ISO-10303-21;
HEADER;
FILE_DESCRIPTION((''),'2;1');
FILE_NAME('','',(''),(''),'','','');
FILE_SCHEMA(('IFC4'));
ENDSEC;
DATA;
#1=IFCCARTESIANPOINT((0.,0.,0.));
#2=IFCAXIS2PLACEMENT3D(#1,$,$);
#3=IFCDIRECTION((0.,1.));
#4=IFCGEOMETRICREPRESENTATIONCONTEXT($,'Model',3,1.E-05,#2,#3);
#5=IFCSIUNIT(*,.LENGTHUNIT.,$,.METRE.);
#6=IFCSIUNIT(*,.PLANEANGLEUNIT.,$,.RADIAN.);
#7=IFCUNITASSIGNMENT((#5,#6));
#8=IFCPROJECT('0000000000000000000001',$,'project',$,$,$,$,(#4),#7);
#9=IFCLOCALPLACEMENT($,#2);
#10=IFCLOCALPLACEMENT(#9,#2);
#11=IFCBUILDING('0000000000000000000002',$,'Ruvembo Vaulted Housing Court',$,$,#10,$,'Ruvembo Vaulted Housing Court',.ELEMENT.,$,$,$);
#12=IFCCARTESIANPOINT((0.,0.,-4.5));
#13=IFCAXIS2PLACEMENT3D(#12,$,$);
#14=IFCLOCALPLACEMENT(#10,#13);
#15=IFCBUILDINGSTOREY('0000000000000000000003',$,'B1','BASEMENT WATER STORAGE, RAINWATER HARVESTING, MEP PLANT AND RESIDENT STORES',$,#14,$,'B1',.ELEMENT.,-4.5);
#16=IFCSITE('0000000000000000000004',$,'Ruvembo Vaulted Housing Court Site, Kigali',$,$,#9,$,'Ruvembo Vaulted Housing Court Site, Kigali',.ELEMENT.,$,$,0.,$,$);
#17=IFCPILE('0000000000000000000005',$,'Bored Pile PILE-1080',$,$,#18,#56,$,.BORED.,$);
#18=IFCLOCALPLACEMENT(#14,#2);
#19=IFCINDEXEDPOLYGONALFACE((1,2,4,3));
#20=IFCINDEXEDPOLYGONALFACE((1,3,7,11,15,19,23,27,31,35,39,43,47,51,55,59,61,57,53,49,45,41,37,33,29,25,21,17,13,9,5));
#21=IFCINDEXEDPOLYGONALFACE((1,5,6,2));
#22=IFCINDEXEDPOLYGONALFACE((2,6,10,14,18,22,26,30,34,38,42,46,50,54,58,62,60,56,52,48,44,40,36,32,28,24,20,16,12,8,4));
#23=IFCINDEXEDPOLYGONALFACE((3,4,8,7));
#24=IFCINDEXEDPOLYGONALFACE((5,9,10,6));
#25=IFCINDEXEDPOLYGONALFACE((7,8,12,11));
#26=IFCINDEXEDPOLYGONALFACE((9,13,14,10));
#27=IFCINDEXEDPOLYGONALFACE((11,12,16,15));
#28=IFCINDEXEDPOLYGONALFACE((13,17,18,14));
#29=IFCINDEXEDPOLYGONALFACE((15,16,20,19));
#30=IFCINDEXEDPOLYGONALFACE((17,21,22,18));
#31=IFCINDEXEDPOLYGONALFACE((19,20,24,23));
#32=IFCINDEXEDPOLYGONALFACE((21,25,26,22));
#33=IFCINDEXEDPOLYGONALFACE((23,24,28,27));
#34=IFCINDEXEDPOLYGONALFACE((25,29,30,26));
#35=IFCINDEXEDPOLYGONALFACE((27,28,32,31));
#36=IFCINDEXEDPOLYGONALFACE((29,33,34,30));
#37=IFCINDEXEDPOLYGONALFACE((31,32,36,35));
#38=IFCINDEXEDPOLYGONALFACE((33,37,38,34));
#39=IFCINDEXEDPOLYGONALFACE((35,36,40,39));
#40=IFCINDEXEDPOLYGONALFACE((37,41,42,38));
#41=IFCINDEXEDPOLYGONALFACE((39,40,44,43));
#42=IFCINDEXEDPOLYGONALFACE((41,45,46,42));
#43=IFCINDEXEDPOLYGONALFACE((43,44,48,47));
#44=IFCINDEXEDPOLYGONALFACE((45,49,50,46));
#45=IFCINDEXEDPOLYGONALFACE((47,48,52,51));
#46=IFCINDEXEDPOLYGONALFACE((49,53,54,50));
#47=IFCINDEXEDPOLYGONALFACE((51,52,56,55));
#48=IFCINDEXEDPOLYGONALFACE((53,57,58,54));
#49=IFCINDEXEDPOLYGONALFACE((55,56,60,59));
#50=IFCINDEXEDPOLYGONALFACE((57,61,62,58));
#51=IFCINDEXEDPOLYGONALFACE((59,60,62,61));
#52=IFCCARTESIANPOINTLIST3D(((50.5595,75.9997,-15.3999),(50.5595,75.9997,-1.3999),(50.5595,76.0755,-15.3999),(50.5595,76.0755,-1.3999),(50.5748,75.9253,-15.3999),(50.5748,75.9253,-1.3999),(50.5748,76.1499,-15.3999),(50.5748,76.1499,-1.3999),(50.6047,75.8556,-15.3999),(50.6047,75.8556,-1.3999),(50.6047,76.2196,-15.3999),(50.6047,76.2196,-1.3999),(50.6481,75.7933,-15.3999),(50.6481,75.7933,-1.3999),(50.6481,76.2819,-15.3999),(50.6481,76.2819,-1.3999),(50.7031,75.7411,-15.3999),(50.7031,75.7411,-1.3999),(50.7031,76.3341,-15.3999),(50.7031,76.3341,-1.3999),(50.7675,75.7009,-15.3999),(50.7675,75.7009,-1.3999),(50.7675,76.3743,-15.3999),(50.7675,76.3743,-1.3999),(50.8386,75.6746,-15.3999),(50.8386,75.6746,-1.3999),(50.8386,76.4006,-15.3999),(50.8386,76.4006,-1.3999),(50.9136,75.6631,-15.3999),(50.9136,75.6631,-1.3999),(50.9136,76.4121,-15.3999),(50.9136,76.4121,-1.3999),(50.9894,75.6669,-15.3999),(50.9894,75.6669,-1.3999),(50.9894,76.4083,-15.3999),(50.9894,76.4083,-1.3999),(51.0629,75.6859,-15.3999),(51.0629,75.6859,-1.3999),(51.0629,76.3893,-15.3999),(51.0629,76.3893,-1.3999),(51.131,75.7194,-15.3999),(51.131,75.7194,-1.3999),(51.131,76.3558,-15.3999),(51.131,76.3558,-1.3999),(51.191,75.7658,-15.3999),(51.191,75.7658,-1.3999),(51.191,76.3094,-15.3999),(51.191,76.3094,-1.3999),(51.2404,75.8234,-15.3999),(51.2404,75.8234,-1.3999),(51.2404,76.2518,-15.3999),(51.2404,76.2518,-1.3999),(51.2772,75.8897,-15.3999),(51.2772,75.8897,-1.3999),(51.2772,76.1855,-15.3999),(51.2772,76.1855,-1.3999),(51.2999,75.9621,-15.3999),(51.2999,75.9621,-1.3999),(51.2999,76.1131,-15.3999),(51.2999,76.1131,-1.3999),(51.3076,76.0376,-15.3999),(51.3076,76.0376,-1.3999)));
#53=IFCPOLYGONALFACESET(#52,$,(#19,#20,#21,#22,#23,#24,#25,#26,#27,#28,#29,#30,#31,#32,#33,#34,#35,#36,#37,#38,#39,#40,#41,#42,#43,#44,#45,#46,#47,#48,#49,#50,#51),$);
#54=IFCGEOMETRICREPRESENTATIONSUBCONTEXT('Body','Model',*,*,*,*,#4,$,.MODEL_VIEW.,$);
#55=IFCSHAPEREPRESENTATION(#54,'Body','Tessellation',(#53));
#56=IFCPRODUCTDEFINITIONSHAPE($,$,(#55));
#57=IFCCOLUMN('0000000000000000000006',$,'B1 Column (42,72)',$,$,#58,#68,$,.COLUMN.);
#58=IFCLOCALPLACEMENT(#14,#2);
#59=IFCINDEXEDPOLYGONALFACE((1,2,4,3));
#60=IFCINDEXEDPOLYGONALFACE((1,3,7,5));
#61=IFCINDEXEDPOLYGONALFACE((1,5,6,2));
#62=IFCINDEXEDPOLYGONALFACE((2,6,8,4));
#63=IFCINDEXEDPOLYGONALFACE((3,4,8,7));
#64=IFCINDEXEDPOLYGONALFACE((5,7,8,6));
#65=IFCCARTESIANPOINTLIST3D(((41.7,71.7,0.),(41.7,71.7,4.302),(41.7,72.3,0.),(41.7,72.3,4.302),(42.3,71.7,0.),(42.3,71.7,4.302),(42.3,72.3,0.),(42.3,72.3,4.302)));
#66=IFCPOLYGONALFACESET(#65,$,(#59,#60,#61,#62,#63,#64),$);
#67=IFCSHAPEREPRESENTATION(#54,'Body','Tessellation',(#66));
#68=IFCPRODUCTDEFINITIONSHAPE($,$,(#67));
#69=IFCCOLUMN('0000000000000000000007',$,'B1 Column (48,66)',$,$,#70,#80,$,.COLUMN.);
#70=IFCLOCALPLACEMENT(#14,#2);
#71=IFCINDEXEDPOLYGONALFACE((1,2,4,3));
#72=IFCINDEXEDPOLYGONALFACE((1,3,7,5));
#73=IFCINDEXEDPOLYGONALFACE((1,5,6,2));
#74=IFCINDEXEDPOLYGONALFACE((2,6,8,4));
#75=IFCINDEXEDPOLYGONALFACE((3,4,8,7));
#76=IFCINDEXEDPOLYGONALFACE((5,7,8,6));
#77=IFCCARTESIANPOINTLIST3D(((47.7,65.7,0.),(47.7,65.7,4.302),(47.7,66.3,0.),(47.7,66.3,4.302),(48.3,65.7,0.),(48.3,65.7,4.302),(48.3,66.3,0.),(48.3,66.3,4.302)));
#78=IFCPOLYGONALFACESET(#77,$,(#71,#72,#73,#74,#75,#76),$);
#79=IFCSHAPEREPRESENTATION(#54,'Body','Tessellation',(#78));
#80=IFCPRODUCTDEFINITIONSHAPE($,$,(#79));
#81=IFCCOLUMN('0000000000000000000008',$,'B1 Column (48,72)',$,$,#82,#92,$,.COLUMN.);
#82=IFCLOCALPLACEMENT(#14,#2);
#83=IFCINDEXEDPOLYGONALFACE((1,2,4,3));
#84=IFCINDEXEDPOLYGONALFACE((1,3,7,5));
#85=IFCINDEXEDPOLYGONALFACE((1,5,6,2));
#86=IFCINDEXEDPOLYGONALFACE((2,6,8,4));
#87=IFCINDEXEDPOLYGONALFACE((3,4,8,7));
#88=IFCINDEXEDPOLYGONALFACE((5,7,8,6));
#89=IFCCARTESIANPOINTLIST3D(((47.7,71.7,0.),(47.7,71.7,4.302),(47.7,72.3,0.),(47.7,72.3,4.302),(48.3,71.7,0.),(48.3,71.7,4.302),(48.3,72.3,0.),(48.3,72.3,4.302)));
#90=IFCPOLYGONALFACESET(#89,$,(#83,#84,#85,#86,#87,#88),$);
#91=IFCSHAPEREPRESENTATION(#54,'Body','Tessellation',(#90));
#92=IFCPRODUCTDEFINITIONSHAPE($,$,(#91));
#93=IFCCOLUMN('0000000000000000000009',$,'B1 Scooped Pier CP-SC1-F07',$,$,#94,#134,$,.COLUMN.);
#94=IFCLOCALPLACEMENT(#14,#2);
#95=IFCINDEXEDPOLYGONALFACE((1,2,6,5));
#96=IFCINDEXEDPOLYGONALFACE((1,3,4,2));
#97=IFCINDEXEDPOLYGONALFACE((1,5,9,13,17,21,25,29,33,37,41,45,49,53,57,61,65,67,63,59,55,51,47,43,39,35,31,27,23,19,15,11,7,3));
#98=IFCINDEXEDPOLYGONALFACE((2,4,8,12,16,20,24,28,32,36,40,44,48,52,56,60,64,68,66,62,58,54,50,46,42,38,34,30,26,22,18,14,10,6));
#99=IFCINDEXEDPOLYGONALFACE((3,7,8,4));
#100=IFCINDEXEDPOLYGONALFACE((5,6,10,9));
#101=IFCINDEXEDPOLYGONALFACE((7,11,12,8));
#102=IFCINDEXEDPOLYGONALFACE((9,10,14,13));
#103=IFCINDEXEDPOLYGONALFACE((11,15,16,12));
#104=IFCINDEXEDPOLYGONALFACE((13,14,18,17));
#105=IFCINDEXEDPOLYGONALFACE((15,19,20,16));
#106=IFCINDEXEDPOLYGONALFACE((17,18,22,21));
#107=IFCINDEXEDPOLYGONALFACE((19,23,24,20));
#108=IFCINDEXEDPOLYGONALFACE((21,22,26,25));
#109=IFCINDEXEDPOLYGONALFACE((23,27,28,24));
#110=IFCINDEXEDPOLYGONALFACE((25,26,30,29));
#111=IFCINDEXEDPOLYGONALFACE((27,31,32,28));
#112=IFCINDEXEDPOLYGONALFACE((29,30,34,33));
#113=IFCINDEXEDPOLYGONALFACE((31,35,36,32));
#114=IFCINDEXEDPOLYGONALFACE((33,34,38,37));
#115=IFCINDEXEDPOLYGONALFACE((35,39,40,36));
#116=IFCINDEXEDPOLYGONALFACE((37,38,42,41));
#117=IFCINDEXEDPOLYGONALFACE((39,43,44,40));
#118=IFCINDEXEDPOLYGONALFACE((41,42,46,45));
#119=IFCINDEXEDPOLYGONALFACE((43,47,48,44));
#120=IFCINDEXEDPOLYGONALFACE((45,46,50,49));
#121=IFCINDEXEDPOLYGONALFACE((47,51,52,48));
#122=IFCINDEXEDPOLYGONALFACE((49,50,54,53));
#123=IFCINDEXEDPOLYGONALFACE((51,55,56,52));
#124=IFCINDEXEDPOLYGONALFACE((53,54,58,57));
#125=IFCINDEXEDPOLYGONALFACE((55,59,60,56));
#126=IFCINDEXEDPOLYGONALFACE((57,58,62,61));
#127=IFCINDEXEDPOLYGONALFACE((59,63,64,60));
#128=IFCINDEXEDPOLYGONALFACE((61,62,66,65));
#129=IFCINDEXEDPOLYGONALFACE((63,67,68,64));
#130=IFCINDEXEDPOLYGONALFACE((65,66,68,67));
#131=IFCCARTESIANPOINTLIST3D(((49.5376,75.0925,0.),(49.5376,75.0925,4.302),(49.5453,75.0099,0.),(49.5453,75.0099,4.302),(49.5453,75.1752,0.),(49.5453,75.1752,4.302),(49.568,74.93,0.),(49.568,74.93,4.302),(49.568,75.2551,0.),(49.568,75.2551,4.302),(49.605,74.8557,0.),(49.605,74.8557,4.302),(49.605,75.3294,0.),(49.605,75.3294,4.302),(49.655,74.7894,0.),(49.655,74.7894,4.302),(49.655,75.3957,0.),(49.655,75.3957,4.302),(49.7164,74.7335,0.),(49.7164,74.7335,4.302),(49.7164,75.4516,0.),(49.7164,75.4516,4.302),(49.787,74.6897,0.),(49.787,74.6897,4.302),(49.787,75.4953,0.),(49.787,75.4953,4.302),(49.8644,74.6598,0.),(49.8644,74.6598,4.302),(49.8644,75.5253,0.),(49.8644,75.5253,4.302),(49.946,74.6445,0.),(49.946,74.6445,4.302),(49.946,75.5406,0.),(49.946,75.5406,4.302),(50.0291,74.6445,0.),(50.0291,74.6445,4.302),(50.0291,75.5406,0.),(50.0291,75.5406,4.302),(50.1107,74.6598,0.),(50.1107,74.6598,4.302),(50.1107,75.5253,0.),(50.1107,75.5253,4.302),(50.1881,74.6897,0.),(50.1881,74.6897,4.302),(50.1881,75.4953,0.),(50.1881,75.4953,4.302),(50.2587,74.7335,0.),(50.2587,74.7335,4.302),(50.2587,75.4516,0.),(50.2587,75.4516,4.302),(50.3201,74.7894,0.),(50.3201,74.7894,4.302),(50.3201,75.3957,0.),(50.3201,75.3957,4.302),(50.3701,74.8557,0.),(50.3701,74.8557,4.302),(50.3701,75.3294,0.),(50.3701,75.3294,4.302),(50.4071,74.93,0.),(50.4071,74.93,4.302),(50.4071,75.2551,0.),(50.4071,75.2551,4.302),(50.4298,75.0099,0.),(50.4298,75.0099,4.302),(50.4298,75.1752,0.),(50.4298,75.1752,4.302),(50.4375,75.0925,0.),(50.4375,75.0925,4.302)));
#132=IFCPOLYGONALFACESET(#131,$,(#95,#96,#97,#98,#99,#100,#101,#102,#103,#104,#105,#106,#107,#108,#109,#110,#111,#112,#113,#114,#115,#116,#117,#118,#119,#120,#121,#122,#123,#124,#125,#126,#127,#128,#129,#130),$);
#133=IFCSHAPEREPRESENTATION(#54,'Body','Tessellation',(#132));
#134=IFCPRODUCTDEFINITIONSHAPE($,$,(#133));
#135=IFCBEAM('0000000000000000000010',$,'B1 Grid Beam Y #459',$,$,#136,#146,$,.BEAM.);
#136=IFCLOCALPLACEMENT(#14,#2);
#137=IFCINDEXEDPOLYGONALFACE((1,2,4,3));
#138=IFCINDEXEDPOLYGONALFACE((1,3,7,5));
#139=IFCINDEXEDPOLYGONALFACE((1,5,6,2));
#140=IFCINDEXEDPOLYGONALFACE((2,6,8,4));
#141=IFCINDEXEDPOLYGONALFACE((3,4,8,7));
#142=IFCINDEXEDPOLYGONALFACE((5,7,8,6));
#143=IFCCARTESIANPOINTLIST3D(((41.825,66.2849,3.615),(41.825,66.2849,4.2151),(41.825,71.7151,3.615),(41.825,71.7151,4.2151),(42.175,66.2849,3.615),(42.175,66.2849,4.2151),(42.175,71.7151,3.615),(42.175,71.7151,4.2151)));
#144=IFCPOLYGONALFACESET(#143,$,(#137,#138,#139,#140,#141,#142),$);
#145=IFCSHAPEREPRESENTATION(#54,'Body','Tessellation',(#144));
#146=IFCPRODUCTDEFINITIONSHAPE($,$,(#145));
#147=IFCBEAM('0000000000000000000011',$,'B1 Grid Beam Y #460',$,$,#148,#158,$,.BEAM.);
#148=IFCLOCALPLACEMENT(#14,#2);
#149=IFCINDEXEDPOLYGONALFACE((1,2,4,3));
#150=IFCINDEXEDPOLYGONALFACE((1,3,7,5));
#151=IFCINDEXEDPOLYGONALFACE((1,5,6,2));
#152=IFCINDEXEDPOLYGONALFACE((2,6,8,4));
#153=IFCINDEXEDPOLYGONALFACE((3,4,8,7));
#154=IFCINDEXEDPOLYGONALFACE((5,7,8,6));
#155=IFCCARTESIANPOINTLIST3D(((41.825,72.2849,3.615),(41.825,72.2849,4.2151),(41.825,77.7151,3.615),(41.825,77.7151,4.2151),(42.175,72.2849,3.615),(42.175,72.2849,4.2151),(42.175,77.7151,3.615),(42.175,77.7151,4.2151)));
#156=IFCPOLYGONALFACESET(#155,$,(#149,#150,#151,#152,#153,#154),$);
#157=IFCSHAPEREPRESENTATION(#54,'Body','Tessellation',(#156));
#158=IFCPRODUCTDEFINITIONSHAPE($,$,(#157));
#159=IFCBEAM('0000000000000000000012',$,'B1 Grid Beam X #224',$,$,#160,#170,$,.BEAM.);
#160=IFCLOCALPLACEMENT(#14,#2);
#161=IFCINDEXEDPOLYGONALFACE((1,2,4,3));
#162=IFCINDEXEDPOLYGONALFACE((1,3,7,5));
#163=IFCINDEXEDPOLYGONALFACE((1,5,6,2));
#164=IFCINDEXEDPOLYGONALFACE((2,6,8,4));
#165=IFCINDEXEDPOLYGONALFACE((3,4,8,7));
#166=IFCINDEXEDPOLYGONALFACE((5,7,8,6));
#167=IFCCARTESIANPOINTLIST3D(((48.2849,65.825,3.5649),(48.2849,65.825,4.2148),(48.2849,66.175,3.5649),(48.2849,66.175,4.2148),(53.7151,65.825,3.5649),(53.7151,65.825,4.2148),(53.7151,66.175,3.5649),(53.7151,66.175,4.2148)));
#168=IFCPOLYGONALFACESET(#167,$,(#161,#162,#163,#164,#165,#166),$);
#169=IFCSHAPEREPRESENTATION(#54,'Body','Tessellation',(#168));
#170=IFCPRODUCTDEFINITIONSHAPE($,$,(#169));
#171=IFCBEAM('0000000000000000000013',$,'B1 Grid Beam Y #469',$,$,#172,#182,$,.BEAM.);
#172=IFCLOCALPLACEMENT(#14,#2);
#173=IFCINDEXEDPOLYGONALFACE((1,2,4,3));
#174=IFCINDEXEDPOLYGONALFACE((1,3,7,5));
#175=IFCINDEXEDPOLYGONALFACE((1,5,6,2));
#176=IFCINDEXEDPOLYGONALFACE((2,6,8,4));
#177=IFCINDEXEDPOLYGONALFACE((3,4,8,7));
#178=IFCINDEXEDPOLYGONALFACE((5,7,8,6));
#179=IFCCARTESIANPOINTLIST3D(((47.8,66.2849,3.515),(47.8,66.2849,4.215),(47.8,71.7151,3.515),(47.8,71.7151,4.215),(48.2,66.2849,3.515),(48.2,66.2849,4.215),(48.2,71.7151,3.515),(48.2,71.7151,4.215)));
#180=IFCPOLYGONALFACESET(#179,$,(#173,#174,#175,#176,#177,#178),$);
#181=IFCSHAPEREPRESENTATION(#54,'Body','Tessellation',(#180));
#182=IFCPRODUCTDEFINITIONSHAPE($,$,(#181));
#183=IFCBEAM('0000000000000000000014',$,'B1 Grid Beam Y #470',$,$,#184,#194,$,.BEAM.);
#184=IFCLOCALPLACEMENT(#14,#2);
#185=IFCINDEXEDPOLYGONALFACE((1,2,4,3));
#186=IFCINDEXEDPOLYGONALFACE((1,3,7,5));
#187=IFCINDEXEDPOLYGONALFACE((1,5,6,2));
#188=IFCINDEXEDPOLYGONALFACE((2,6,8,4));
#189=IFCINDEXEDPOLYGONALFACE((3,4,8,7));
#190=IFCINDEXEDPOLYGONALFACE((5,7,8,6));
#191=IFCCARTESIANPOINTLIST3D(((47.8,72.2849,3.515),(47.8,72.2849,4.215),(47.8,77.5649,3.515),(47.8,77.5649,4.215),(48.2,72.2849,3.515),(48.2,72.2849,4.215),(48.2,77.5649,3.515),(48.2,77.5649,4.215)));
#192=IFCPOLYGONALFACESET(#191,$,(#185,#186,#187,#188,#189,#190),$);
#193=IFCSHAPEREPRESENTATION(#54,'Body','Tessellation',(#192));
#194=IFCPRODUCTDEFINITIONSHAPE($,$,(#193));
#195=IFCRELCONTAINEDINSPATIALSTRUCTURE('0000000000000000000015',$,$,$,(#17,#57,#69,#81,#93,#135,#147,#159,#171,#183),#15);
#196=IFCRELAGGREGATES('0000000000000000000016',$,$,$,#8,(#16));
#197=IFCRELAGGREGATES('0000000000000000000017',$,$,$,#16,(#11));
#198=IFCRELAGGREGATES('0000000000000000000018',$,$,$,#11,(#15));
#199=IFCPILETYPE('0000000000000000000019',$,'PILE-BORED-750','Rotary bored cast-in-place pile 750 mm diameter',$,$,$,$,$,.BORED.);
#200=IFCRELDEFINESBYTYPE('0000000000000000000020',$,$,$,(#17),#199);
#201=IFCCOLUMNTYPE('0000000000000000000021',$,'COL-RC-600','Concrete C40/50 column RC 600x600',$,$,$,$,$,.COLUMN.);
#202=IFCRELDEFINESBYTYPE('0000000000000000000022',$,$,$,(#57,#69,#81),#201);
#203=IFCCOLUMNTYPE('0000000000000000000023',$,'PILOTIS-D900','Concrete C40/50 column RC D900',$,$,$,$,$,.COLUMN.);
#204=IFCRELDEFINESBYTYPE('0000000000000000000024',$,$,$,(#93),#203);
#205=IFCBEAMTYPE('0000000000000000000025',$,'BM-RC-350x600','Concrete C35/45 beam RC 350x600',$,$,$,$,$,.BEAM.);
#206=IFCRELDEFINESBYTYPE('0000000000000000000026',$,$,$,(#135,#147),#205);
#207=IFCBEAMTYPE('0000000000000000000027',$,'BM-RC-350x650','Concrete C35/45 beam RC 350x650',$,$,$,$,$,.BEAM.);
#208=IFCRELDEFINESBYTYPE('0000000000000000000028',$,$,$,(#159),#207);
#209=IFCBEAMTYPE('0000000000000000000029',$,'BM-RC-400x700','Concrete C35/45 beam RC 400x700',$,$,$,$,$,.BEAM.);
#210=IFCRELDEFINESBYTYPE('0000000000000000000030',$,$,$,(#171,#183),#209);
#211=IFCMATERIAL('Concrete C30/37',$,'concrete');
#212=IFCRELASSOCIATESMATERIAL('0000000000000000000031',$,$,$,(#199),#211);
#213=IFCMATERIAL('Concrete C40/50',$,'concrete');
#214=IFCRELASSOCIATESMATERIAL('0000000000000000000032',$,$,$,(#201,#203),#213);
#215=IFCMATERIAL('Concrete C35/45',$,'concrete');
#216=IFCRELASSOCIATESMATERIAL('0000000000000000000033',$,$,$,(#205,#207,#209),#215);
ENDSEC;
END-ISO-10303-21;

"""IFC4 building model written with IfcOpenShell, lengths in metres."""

from ifc_helpers import new_model, si_unit, direction, frame, origin, origin_2d, place, context, subcontext, project, spatial, rectangle, circle, extrude, material, material_profile, profile_set, type_object, element, save


model = new_model("IFC4")

# Units and contexts
model_context = context("Model", 3, precision=1e-05, world=origin(), true_north=direction((0.0, 1.0)))
body_context = subcontext(model_context, "Body", "Model", "MODEL_VIEW")
ifc_project = project(units=[si_unit("LENGTHUNIT", "METRE"), si_unit("PLANEANGLEUNIT", "RADIAN")], contexts=[model_context])

# Site, building, storey
site_placement = place(None, origin())
site = spatial("IfcSite", under=ifc_project, at=site_placement, Name="Ruvembo Vaulted Housing Court Site, Kigali", LongName="Ruvembo Vaulted Housing Court Site, Kigali", CompositionType="ELEMENT", RefElevation=0.0)
building_placement = place(site_placement, origin())
building = spatial("IfcBuilding", under=site, at=building_placement, Name="Ruvembo Vaulted Housing Court", LongName="Ruvembo Vaulted Housing Court", CompositionType="ELEMENT")
storey_placement = place(building_placement, frame((0.0, 0.0, -4.5)))
storey = spatial("IfcBuildingStorey", under=building, at=storey_placement, Name="B1", Description="BASEMENT WATER STORAGE, RAINWATER HARVESTING, MEP PLANT AND RESIDENT STORES", LongName="B1", CompositionType="ELEMENT", Elevation=-4.5)

# Shared definitions
ifc_material_1 = material(Name="Concrete C35/45", Category="concrete")

# Pile
ifc_material_2 = material(Name="Concrete C30/37", Category="concrete")
ifc_material_profile_1 = material_profile(ifc_material_2, circle(Radius=0.375, at=origin_2d()), Name="PILE D750")
ifc_profile_set_1 = profile_set([ifc_material_profile_1], Name="Concrete C30/37")
pile_type_1 = type_object("IfcPileType", Name="PILE-BORED-750", Description="Rotary bored cast-in-place pile 750 mm diameter", PredefinedType="BORED", material=ifc_profile_set_1)
for number, where, z_axis, x_axis, name in (
    (1, (50.9326, 76.0376, -1.3999), (0.0, 0.0, -1.0), (1.0, 0.0, 0.0), "Bored Pile PILE-1080"),
):
    element("IfcPile", number, at=place(storey_placement, frame(where, z_axis=z_axis, x_axis=x_axis)), inside=storey, type_object=pile_type_1, Name=name, PredefinedType="BORED", context=body_context, shape_type="SweptSolid", body=[
        extrude(circle(Radius=0.375, at=origin_2d()), origin(), (0.0, 0.0, 1.0), 14.0),
    ])

# Columns
ifc_material_3 = material(Name="Concrete C40/50", Category="concrete")
ifc_material_profile_2 = material_profile(ifc_material_3, rectangle(XDim=0.6001, YDim=0.6001, at=origin_2d()), Name="RC 600x600")
ifc_profile_set_2 = profile_set([ifc_material_profile_2], Name="Concrete C40/50")
column_type_1 = type_object("IfcColumnType", Name="COL-RC-600", Description="Concrete C40/50 column RC 600x600", PredefinedType="COLUMN", material=ifc_profile_set_2)
for number, where, z_axis, x_axis, name in (
    (2, (42.0, 72.0, 0.0), (0.0, 0.0, 1.0), (1.0, 0.0, 0.0), "B1 Column (42,72)"),
    (3, (48.0, 66.0, 0.0), (0.0, 0.0, 1.0), (1.0, 0.0, 0.0), "B1 Column (48,66)"),
    (4, (48.0, 72.0, 0.0), (0.0, 0.0, 1.0), (1.0, 0.0, 0.0), "B1 Column (48,72)"),
):
    element("IfcColumn", number, at=place(storey_placement, frame(where, z_axis=z_axis, x_axis=x_axis)), inside=storey, type_object=column_type_1, Name=name, PredefinedType="COLUMN", context=body_context, shape_type="SweptSolid", body=[
        extrude(rectangle(XDim=0.6001, YDim=0.6001, at=origin_2d()), origin(), (0.0, 0.0, 1.0), 4.302),
    ])
ifc_material_profile_3 = material_profile(ifc_material_3, circle(Radius=0.45, at=origin_2d()), Name="RC D900")
ifc_profile_set_3 = profile_set([ifc_material_profile_3], Name="Concrete C40/50")
column_type_2 = type_object("IfcColumnType", Name="PILOTIS-D900", Description="Concrete C40/50 column RC D900", PredefinedType="COLUMN", material=ifc_profile_set_3)
column_placement = place(storey_placement, frame((49.9875, 75.0925, 0.0), z_axis=(0.0, 0.0, 1.0), x_axis=(1.0, 0.0, 0.0)))
element("IfcColumn", 5, at=column_placement, inside=storey, type_object=column_type_2, Name="B1 Scooped Pier CP-SC1-F07", PredefinedType="COLUMN", context=body_context, shape_type="SweptSolid", body=[
    extrude(circle(Radius=0.45, at=origin_2d()), origin(), (0.0, 0.0, 1.0), 4.302),
])

# Beams
ifc_material_profile_4 = material_profile(ifc_material_1, rectangle(XDim=0.3501, YDim=0.6001, at=origin_2d()), Name="RC 350x600")
ifc_profile_set_4 = profile_set([ifc_material_profile_4], Name="Concrete C35/45")
beam_type_1 = type_object("IfcBeamType", Name="BM-RC-350x600", Description="Concrete C35/45 beam RC 350x600", PredefinedType="BEAM", material=ifc_profile_set_4)
for number, where, z_axis, x_axis, name in (
    (6, (42.0, 66.2849, 3.915), (0.0, 1.0, 0.0), (-1.0, 0.0, 0.0), "B1 Grid Beam Y #459"),
    (7, (42.0, 72.2849, 3.915), (0.0, 1.0, 0.0), (-1.0, 0.0, 0.0), "B1 Grid Beam Y #460"),
):
    element("IfcBeam", number, at=place(storey_placement, frame(where, z_axis=z_axis, x_axis=x_axis)), inside=storey, type_object=beam_type_1, Name=name, PredefinedType="BEAM", context=body_context, shape_type="SweptSolid", body=[
        extrude(rectangle(XDim=0.3501, YDim=0.6001, at=origin_2d()), origin(), (0.0, 0.0, 1.0), 5.4302),
    ])
ifc_material_profile_5 = material_profile(ifc_material_1, rectangle(XDim=0.3501, YDim=0.6499, at=origin_2d()), Name="RC 350x650")
ifc_profile_set_5 = profile_set([ifc_material_profile_5], Name="Concrete C35/45")
beam_type_2 = type_object("IfcBeamType", Name="BM-RC-350x650", Description="Concrete C35/45 beam RC 350x650", PredefinedType="BEAM", material=ifc_profile_set_5)
beam_1_placement = place(storey_placement, frame((48.2849, 66.0, 3.8899), z_axis=(1.0, 0.0, 0.0), x_axis=(0.0, 1.0, 0.0)))
element("IfcBeam", 8, at=beam_1_placement, inside=storey, type_object=beam_type_2, Name="B1 Grid Beam X #224", PredefinedType="BEAM", context=body_context, shape_type="SweptSolid", body=[
    extrude(rectangle(XDim=0.3501, YDim=0.6499, at=origin_2d()), origin(), (0.0, 0.0, 1.0), 5.4302),
])
ifc_material_profile_6 = material_profile(ifc_material_1, rectangle(XDim=0.3999, YDim=0.7, at=origin_2d()), Name="RC 400x700")
ifc_profile_set_6 = profile_set([ifc_material_profile_6], Name="Concrete C35/45")
beam_type_3 = type_object("IfcBeamType", Name="BM-RC-400x700", Description="Concrete C35/45 beam RC 400x700", PredefinedType="BEAM", material=ifc_profile_set_6)
beam_2_placement = place(storey_placement, frame((48.0, 66.2849, 3.865), z_axis=(0.0, 1.0, 0.0), x_axis=(-1.0, 0.0, 0.0)))
element("IfcBeam", 9, at=beam_2_placement, inside=storey, type_object=beam_type_3, Name="B1 Grid Beam Y #469", PredefinedType="BEAM", context=body_context, shape_type="SweptSolid", body=[
    extrude(rectangle(XDim=0.3999, YDim=0.7, at=origin_2d()), origin(), (0.0, 0.0, 1.0), 5.4302),
])
beam_3_placement = place(storey_placement, frame((48.0, 72.2849, 3.865), z_axis=(0.0, 1.0, 0.0), x_axis=(-1.0, 0.0, 0.0)))
element("IfcBeam", 10, at=beam_3_placement, inside=storey, type_object=beam_type_3, Name="B1 Grid Beam Y #470", PredefinedType="BEAM", context=body_context, shape_type="SweptSolid", body=[
    extrude(rectangle(XDim=0.3999, YDim=0.7, at=origin_2d()), origin(), (0.0, 0.0, 1.0), 5.28),
])

save(model, "model.ifc")
